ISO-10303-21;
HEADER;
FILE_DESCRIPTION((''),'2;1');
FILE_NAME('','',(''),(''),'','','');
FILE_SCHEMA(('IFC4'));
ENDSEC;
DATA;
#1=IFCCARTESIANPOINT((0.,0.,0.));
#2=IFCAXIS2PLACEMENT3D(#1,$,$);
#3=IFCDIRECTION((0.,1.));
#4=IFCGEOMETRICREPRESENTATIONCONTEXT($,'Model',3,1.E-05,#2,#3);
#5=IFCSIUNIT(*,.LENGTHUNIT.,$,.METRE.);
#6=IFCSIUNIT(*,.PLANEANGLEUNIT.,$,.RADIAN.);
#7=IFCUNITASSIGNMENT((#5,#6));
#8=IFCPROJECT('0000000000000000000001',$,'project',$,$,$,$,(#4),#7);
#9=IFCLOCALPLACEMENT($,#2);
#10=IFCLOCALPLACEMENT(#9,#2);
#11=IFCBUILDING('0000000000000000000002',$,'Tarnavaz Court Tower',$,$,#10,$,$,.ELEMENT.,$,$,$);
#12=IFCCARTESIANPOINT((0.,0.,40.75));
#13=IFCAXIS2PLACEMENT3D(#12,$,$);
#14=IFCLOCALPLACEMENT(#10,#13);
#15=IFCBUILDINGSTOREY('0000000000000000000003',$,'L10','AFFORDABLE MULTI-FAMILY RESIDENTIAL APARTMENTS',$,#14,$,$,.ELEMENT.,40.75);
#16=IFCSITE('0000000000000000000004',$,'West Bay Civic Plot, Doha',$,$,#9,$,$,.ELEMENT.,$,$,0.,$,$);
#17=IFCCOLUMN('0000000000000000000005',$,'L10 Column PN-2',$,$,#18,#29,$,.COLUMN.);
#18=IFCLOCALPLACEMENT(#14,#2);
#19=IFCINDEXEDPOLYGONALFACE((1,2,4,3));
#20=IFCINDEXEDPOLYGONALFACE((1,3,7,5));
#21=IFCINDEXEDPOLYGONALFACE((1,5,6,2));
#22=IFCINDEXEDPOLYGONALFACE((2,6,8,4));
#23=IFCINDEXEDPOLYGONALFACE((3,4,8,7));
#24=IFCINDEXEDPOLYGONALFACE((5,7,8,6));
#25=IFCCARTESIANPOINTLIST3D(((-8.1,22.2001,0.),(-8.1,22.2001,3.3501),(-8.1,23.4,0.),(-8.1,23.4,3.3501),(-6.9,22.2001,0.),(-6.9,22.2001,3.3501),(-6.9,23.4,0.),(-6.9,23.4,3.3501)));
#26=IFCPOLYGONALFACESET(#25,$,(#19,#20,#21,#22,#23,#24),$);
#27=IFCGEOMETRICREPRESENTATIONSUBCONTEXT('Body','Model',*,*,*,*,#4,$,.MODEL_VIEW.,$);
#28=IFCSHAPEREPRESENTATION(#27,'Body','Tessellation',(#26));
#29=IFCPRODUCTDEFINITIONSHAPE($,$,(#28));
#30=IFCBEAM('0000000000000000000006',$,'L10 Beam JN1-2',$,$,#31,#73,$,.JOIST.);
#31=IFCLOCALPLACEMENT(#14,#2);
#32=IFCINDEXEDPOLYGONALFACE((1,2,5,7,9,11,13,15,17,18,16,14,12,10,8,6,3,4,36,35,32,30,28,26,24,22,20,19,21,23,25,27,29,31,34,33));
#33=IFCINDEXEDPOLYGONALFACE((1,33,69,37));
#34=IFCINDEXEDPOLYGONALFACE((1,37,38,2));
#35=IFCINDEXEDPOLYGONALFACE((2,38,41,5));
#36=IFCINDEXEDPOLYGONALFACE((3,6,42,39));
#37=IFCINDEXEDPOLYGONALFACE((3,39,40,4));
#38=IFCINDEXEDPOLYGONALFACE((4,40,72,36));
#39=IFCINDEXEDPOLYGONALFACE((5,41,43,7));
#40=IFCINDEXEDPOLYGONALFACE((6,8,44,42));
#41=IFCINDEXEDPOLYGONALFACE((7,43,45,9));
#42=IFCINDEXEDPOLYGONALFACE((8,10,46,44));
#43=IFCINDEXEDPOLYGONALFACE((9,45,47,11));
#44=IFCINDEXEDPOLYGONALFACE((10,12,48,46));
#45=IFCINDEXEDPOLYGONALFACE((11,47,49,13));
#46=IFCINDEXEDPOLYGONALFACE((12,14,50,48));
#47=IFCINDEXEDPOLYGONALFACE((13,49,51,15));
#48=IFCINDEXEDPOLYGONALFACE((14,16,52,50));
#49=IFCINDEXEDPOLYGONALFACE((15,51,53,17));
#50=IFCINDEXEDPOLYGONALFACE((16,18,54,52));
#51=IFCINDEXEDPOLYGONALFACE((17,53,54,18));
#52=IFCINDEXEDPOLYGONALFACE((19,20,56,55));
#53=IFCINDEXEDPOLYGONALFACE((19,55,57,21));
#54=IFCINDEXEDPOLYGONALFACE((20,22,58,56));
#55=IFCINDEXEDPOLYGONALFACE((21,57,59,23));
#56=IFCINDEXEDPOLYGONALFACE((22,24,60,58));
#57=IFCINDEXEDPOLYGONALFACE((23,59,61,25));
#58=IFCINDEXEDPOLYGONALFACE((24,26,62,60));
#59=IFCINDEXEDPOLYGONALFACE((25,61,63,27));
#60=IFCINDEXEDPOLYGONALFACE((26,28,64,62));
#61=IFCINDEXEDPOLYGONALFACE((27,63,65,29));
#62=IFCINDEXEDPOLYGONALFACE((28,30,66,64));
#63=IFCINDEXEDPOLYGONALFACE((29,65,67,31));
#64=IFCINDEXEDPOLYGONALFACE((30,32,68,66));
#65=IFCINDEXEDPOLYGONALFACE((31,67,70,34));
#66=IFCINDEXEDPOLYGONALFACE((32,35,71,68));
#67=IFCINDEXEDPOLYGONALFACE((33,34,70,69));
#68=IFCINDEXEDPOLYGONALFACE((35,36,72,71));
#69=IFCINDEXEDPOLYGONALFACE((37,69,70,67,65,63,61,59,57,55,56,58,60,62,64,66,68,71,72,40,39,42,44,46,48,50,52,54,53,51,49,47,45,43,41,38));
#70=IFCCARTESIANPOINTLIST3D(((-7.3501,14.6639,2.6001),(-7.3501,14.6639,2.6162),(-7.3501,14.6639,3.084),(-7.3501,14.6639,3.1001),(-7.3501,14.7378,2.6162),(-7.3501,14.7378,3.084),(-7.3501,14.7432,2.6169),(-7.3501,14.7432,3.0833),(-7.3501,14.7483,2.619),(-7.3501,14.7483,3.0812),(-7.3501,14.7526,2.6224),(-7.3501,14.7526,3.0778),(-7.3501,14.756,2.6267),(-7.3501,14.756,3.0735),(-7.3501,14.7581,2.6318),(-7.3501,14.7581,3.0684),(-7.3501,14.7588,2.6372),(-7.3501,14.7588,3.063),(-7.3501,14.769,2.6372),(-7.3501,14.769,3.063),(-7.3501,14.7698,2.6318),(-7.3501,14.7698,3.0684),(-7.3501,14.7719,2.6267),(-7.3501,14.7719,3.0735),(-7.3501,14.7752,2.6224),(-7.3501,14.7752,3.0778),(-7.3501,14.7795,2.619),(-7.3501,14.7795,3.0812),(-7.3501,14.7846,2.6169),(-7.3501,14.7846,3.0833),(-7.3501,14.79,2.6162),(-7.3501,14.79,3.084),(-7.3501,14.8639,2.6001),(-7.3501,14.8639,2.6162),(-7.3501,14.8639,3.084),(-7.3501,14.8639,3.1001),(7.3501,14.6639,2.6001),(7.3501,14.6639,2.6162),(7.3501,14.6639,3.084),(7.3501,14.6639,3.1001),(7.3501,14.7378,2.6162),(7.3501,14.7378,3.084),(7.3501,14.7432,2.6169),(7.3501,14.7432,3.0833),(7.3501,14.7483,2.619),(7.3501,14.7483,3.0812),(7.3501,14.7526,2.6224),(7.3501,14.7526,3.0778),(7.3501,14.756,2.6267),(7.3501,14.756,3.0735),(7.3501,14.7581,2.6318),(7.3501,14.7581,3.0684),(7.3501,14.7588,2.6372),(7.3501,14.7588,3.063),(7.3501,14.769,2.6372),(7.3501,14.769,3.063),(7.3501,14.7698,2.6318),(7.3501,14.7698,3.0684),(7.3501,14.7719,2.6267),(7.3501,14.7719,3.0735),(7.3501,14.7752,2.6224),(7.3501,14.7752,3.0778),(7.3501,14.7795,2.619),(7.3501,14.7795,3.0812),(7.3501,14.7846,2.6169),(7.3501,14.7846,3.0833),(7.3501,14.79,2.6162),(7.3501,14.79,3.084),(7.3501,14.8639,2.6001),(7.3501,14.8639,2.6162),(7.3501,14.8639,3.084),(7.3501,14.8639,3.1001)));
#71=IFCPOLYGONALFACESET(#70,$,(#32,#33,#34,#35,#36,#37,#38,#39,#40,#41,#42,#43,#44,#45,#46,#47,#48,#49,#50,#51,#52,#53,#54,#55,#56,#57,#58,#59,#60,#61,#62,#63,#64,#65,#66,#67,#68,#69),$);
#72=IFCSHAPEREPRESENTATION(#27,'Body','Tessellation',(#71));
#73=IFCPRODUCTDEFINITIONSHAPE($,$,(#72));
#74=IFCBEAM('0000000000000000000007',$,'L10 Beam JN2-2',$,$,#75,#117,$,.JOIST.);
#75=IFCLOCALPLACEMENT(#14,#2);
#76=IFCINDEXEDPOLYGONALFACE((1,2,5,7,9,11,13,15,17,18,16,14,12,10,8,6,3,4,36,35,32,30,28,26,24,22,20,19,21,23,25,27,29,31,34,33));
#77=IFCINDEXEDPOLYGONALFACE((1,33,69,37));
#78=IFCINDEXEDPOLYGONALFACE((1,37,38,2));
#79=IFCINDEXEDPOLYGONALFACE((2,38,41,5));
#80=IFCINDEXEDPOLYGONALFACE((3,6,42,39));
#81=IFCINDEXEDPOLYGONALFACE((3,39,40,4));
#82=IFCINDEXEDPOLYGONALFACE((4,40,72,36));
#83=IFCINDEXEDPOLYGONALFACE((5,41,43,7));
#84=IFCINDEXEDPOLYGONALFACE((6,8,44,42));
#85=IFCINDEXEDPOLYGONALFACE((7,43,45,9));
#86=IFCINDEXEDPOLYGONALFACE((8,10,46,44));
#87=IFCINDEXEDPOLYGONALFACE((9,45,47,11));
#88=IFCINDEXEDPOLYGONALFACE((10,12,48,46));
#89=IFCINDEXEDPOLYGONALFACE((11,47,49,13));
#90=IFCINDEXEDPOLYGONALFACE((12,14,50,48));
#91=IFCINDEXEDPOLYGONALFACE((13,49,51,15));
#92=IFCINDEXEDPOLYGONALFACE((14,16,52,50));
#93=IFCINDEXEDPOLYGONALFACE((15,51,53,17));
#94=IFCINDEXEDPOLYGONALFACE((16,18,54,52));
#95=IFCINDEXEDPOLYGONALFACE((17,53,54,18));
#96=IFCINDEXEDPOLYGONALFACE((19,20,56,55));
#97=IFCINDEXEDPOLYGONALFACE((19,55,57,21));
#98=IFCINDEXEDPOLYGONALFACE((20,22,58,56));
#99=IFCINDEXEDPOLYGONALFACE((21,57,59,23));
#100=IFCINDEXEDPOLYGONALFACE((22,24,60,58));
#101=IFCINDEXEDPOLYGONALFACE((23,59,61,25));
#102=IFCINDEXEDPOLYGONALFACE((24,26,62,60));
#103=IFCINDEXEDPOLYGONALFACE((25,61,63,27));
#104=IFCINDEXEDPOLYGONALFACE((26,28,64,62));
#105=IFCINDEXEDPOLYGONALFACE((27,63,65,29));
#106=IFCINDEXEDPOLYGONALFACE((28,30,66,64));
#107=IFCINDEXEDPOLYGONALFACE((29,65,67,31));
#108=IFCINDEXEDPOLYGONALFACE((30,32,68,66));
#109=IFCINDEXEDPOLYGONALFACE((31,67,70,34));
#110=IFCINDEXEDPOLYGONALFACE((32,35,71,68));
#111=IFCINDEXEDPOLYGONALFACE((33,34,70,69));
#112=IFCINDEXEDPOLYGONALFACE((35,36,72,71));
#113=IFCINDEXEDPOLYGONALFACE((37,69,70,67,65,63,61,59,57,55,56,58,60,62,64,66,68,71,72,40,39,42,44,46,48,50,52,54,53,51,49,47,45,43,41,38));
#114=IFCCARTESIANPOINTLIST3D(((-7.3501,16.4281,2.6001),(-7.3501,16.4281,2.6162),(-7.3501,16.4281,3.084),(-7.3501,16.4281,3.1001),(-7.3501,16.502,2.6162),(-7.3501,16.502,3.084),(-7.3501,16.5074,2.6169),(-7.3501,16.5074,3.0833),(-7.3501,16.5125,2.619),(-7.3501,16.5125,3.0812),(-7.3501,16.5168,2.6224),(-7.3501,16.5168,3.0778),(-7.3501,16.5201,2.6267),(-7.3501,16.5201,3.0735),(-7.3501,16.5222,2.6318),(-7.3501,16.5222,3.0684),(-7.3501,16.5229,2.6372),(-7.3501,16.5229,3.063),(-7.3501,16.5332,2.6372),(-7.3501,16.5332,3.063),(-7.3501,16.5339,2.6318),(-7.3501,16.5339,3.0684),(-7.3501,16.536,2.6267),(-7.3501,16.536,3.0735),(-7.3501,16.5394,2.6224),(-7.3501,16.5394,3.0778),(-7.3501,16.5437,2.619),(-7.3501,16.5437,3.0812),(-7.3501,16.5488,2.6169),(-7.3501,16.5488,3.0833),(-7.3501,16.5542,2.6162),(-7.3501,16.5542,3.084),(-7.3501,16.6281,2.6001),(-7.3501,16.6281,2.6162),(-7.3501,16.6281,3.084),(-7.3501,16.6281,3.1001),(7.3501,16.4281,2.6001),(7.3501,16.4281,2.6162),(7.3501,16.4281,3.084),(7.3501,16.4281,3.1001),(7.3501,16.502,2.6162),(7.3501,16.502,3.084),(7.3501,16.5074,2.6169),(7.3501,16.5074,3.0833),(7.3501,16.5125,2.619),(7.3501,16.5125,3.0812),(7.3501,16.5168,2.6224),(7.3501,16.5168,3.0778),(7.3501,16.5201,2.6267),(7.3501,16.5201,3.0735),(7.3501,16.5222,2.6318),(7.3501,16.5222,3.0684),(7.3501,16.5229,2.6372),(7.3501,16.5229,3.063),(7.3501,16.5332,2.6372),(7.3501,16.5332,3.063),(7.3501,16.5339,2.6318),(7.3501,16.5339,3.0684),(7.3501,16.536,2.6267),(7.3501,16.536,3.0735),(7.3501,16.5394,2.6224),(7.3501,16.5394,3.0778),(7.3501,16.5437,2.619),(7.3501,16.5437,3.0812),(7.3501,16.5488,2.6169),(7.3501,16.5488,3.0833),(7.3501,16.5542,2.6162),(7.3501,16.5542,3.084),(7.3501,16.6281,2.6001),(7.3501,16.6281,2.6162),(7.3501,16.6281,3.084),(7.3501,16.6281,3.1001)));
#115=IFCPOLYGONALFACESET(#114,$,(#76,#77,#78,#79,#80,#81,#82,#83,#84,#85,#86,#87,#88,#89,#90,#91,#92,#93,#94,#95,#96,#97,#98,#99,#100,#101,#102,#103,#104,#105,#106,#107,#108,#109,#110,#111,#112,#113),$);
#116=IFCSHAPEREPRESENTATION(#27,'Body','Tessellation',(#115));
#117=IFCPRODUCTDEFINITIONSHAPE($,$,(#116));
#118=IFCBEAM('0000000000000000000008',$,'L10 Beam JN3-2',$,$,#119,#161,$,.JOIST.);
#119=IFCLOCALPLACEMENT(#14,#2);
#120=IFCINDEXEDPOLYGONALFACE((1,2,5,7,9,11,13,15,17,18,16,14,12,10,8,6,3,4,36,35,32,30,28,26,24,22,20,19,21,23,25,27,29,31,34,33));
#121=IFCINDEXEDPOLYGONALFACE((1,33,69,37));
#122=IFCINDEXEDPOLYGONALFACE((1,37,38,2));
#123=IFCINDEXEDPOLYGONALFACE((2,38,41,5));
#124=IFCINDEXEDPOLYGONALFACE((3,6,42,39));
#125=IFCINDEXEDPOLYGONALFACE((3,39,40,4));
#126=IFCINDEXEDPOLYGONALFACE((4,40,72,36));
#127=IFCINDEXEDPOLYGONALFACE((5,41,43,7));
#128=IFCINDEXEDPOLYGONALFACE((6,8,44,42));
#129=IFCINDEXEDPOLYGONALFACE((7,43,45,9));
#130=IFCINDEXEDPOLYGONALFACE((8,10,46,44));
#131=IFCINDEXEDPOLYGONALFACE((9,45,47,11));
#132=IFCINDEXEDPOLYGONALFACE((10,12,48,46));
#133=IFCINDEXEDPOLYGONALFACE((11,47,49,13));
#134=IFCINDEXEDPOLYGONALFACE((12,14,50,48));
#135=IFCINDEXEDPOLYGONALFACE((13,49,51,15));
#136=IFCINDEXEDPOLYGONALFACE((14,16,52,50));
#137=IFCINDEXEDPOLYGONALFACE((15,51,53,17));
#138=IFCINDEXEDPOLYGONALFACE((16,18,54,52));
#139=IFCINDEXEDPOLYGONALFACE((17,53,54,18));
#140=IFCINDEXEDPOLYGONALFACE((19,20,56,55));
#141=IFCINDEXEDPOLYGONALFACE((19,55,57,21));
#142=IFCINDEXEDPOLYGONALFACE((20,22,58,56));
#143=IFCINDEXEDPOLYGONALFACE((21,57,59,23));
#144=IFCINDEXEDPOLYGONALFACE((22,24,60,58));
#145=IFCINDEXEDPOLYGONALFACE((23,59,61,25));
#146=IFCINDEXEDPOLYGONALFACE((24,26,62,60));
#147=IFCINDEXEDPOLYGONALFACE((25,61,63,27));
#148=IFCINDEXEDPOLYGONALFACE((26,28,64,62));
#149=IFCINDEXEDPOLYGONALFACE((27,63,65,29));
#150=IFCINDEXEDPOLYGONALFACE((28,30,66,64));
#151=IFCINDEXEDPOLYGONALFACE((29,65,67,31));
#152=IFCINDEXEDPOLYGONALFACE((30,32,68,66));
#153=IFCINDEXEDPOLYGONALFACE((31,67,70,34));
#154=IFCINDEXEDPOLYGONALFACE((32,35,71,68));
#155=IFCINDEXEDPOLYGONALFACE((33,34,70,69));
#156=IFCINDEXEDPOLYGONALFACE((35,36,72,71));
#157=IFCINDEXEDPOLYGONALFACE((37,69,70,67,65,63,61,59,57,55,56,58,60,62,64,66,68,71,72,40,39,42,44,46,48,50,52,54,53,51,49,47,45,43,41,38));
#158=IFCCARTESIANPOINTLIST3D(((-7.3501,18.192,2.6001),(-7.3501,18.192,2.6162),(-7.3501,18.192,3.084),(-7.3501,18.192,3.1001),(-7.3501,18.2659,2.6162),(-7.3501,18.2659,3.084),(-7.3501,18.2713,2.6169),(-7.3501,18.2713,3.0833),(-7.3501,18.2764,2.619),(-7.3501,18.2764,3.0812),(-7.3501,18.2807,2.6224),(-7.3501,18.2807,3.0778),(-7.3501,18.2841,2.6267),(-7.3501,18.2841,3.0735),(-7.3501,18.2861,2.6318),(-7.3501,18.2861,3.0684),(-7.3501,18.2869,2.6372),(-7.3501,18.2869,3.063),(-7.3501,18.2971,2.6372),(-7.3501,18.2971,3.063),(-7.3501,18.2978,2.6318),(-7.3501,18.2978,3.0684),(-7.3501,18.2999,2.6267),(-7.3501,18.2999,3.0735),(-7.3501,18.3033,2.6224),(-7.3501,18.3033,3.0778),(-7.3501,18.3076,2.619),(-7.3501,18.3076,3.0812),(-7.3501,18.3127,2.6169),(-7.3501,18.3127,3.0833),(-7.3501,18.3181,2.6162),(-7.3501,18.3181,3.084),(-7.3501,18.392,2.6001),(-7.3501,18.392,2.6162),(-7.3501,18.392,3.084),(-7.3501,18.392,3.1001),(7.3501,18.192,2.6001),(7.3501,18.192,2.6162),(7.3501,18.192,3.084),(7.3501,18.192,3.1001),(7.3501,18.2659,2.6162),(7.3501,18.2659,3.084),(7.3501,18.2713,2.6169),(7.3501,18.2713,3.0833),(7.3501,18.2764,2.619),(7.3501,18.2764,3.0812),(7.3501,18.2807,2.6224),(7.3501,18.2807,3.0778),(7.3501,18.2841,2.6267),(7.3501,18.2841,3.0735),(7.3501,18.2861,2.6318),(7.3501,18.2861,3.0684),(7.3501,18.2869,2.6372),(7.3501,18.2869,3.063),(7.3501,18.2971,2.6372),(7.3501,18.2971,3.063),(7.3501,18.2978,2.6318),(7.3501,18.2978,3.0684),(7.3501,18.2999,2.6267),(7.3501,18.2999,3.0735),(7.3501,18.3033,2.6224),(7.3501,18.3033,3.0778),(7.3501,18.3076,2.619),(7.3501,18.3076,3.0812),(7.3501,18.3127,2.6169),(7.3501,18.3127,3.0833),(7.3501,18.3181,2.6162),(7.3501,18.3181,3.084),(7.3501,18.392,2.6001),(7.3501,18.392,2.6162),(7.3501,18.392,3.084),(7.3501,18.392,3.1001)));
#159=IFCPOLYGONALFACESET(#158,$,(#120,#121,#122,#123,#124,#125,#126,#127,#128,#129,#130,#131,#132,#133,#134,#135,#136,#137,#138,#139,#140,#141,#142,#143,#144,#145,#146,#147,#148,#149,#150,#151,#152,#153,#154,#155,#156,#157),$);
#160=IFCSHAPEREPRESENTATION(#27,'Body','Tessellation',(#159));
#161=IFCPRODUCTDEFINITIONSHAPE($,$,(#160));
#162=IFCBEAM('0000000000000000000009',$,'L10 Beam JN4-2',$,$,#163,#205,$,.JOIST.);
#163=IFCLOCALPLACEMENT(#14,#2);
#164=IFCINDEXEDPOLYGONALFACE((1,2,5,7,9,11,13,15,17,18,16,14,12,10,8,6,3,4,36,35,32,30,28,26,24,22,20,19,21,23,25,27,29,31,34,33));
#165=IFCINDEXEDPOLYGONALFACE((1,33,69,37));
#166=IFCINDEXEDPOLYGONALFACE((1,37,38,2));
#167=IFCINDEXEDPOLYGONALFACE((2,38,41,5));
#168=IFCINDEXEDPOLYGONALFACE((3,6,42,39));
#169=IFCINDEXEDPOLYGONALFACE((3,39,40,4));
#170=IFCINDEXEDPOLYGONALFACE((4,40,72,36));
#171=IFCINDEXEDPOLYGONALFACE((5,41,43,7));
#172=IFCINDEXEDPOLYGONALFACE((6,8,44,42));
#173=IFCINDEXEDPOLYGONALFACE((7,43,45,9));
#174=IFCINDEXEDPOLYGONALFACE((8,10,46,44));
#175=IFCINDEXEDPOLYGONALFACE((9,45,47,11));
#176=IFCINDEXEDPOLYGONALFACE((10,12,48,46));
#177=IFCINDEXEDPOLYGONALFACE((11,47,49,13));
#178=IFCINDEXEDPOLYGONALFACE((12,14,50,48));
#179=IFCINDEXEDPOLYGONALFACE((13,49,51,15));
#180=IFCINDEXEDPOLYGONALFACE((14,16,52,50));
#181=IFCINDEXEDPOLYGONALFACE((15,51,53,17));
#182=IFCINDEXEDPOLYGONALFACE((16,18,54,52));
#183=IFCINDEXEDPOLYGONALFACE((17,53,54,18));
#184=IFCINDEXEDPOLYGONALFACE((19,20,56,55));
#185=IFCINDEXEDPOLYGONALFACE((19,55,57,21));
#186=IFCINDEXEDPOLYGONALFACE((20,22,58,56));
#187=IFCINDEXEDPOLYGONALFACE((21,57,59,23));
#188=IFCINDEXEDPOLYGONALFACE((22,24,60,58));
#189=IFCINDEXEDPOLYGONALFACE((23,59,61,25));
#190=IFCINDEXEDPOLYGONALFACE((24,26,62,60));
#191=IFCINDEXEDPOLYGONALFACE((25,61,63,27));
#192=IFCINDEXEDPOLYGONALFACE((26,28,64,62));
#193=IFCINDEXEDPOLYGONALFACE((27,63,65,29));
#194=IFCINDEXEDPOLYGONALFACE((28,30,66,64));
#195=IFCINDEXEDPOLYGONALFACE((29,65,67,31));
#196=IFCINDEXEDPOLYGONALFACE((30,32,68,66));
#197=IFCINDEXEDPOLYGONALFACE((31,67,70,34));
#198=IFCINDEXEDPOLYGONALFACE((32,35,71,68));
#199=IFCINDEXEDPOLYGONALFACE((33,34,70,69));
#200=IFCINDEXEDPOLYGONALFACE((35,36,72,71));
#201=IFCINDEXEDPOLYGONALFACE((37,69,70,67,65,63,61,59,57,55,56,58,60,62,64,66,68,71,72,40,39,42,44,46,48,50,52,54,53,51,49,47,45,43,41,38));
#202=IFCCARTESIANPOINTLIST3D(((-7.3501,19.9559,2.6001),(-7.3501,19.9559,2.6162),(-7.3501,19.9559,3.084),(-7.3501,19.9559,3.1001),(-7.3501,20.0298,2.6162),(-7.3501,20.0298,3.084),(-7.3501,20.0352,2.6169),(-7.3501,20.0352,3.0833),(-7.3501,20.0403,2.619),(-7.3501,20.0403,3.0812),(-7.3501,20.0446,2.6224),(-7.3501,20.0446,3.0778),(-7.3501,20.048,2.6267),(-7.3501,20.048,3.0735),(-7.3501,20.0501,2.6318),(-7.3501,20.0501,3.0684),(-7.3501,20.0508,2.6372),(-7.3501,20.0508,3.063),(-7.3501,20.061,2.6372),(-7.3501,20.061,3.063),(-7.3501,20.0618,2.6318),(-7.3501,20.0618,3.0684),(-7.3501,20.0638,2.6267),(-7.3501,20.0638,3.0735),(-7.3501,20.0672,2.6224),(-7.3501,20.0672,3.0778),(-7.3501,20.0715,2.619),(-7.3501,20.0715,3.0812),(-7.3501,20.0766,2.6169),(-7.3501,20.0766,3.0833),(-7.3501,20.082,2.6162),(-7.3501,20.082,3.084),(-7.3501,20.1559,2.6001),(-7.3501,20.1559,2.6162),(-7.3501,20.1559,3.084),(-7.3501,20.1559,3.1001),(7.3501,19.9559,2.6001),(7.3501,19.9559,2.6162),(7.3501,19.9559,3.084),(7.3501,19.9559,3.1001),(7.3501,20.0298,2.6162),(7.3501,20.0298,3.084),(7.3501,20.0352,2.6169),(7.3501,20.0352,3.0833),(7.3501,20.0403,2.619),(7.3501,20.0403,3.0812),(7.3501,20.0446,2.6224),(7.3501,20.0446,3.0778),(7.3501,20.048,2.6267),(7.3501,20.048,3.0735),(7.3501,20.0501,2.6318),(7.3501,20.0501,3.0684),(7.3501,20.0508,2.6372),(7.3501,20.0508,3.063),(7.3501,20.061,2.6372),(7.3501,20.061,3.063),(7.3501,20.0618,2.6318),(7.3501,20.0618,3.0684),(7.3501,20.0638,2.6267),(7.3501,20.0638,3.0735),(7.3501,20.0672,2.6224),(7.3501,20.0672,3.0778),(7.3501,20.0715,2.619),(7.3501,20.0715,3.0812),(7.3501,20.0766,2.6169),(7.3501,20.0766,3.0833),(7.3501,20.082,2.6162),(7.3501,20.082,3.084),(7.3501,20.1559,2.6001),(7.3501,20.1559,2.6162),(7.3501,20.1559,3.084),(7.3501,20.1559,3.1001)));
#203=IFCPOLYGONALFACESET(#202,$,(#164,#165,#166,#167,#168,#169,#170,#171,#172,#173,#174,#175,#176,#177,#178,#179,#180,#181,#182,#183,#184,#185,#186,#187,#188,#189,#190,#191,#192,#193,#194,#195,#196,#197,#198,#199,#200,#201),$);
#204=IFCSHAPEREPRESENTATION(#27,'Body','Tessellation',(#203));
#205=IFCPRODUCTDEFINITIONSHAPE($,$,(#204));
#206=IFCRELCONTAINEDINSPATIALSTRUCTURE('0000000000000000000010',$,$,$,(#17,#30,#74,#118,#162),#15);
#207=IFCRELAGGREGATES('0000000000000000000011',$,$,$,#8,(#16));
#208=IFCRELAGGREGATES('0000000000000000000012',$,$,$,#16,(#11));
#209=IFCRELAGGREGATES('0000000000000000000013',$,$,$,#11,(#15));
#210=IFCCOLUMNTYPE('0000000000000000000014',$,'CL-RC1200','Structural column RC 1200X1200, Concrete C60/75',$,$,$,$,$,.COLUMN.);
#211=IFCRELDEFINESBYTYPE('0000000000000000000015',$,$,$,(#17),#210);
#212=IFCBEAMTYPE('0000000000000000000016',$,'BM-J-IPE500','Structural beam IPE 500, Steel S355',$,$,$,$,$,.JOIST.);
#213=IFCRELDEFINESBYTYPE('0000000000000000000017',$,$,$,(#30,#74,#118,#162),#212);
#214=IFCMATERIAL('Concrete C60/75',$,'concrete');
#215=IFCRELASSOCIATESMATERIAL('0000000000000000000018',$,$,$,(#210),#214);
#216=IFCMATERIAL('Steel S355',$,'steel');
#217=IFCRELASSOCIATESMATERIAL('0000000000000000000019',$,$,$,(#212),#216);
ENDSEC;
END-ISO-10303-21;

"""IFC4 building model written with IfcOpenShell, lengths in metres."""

from ifc_helpers import new_model, si_unit, direction, frame, origin, origin_2d, place, context, subcontext, project, spatial, rectangle, i_section, extrude, material, material_profile, profile_set, type_object, element, save


model = new_model("IFC4")

# Units and contexts
model_context = context("Model", 3, precision=1e-05, world=origin(), true_north=direction((0.0, 1.0)))
body_context = subcontext(model_context, "Body", "Model", "MODEL_VIEW")
ifc_project = project(units=[si_unit("LENGTHUNIT", "METRE"), si_unit("PLANEANGLEUNIT", "RADIAN")], contexts=[model_context])

# Site, building, storey
site_placement = place(None, origin())
site = spatial("IfcSite", under=ifc_project, at=site_placement, Name="West Bay Civic Plot, Doha", CompositionType="ELEMENT", RefElevation=0.0)
building_placement = place(site_placement, origin())
building = spatial("IfcBuilding", under=site, at=building_placement, Name="Tarnavaz Court Tower", CompositionType="ELEMENT")
storey_placement = place(building_placement, frame((0.0, 0.0, 40.75)))
storey = spatial("IfcBuildingStorey", under=building, at=storey_placement, Name="L10", Description="AFFORDABLE MULTI-FAMILY RESIDENTIAL APARTMENTS", CompositionType="ELEMENT", Elevation=40.75)

# Column
ifc_material_1 = material(Name="Concrete C60/75", Category="concrete")
ifc_material_profile_1 = material_profile(ifc_material_1, rectangle(XDim=1.2, YDim=1.2, at=origin_2d()), Name="RC 1200X1200")
ifc_profile_set_1 = profile_set([ifc_material_profile_1], Name="Concrete C60/75")
column_type = type_object("IfcColumnType", Name="CL-RC1200", Description="Structural column RC 1200X1200, Concrete C60/75", PredefinedType="COLUMN", material=ifc_profile_set_1)
column_placement = place(storey_placement, frame((-7.5, 22.8, 0.0), z_axis=(0.0, 0.0, 1.0), x_axis=(1.0, 0.0, 0.0)))
element("IfcColumn", 1, at=column_placement, inside=storey, type_object=column_type, Name="L10 Column PN-2", PredefinedType="COLUMN", context=body_context, shape_type="SweptSolid", body=[
    extrude(rectangle(XDim=1.2, YDim=1.2, at=origin_2d()), origin(), (0.0, 0.0, 1.0), 3.3501),
])

# Beams
ifc_material_2 = material(Name="Steel S355", Category="steel")
ifc_material_profile_2 = material_profile(ifc_material_2, i_section(OverallWidth=0.2, OverallDepth=0.5, WebThickness=0.0103, FlangeThickness=0.0161, FilletRadius=0.021, at=origin_2d()), Name="IPE 500")
ifc_profile_set_2 = profile_set([ifc_material_profile_2], Name="Steel S355")
beam_type_1 = type_object("IfcBeamType", Name="BM-J-IPE500", Description="Structural beam IPE 500, Steel S355", PredefinedType="JOIST", material=ifc_profile_set_2)
for number, where, z_axis, x_axis, name in (
    (2, (-7.3501, 14.7639, 2.8501), (1.0, 0.0, 0.0), (0.0, 1.0, 0.0), "L10 Beam JN1-2"),
    (3, (-7.3501, 16.5281, 2.8501), (1.0, 0.0, 0.0), (0.0, 1.0, 0.0), "L10 Beam JN2-2"),
    (4, (-7.3501, 18.292, 2.8501), (1.0, 0.0, 0.0), (0.0, 1.0, 0.0), "L10 Beam JN3-2"),
    (5, (-7.3501, 20.0559, 2.8501), (1.0, 0.0, 0.0), (0.0, 1.0, 0.0), "L10 Beam JN4-2"),
):
    element("IfcBeam", number, at=place(storey_placement, frame(where, z_axis=z_axis, x_axis=x_axis)), inside=storey, type_object=beam_type_1, Name=name, PredefinedType="JOIST", context=body_context, shape_type="SweptSolid", body=[
        extrude(i_section(OverallWidth=0.2, OverallDepth=0.5, WebThickness=0.0103, FlangeThickness=0.0161, FilletRadius=0.021, at=origin_2d()), origin(), (0.0, 0.0, 1.0), 14.7002),
    ])

save(model, "model.ifc")
